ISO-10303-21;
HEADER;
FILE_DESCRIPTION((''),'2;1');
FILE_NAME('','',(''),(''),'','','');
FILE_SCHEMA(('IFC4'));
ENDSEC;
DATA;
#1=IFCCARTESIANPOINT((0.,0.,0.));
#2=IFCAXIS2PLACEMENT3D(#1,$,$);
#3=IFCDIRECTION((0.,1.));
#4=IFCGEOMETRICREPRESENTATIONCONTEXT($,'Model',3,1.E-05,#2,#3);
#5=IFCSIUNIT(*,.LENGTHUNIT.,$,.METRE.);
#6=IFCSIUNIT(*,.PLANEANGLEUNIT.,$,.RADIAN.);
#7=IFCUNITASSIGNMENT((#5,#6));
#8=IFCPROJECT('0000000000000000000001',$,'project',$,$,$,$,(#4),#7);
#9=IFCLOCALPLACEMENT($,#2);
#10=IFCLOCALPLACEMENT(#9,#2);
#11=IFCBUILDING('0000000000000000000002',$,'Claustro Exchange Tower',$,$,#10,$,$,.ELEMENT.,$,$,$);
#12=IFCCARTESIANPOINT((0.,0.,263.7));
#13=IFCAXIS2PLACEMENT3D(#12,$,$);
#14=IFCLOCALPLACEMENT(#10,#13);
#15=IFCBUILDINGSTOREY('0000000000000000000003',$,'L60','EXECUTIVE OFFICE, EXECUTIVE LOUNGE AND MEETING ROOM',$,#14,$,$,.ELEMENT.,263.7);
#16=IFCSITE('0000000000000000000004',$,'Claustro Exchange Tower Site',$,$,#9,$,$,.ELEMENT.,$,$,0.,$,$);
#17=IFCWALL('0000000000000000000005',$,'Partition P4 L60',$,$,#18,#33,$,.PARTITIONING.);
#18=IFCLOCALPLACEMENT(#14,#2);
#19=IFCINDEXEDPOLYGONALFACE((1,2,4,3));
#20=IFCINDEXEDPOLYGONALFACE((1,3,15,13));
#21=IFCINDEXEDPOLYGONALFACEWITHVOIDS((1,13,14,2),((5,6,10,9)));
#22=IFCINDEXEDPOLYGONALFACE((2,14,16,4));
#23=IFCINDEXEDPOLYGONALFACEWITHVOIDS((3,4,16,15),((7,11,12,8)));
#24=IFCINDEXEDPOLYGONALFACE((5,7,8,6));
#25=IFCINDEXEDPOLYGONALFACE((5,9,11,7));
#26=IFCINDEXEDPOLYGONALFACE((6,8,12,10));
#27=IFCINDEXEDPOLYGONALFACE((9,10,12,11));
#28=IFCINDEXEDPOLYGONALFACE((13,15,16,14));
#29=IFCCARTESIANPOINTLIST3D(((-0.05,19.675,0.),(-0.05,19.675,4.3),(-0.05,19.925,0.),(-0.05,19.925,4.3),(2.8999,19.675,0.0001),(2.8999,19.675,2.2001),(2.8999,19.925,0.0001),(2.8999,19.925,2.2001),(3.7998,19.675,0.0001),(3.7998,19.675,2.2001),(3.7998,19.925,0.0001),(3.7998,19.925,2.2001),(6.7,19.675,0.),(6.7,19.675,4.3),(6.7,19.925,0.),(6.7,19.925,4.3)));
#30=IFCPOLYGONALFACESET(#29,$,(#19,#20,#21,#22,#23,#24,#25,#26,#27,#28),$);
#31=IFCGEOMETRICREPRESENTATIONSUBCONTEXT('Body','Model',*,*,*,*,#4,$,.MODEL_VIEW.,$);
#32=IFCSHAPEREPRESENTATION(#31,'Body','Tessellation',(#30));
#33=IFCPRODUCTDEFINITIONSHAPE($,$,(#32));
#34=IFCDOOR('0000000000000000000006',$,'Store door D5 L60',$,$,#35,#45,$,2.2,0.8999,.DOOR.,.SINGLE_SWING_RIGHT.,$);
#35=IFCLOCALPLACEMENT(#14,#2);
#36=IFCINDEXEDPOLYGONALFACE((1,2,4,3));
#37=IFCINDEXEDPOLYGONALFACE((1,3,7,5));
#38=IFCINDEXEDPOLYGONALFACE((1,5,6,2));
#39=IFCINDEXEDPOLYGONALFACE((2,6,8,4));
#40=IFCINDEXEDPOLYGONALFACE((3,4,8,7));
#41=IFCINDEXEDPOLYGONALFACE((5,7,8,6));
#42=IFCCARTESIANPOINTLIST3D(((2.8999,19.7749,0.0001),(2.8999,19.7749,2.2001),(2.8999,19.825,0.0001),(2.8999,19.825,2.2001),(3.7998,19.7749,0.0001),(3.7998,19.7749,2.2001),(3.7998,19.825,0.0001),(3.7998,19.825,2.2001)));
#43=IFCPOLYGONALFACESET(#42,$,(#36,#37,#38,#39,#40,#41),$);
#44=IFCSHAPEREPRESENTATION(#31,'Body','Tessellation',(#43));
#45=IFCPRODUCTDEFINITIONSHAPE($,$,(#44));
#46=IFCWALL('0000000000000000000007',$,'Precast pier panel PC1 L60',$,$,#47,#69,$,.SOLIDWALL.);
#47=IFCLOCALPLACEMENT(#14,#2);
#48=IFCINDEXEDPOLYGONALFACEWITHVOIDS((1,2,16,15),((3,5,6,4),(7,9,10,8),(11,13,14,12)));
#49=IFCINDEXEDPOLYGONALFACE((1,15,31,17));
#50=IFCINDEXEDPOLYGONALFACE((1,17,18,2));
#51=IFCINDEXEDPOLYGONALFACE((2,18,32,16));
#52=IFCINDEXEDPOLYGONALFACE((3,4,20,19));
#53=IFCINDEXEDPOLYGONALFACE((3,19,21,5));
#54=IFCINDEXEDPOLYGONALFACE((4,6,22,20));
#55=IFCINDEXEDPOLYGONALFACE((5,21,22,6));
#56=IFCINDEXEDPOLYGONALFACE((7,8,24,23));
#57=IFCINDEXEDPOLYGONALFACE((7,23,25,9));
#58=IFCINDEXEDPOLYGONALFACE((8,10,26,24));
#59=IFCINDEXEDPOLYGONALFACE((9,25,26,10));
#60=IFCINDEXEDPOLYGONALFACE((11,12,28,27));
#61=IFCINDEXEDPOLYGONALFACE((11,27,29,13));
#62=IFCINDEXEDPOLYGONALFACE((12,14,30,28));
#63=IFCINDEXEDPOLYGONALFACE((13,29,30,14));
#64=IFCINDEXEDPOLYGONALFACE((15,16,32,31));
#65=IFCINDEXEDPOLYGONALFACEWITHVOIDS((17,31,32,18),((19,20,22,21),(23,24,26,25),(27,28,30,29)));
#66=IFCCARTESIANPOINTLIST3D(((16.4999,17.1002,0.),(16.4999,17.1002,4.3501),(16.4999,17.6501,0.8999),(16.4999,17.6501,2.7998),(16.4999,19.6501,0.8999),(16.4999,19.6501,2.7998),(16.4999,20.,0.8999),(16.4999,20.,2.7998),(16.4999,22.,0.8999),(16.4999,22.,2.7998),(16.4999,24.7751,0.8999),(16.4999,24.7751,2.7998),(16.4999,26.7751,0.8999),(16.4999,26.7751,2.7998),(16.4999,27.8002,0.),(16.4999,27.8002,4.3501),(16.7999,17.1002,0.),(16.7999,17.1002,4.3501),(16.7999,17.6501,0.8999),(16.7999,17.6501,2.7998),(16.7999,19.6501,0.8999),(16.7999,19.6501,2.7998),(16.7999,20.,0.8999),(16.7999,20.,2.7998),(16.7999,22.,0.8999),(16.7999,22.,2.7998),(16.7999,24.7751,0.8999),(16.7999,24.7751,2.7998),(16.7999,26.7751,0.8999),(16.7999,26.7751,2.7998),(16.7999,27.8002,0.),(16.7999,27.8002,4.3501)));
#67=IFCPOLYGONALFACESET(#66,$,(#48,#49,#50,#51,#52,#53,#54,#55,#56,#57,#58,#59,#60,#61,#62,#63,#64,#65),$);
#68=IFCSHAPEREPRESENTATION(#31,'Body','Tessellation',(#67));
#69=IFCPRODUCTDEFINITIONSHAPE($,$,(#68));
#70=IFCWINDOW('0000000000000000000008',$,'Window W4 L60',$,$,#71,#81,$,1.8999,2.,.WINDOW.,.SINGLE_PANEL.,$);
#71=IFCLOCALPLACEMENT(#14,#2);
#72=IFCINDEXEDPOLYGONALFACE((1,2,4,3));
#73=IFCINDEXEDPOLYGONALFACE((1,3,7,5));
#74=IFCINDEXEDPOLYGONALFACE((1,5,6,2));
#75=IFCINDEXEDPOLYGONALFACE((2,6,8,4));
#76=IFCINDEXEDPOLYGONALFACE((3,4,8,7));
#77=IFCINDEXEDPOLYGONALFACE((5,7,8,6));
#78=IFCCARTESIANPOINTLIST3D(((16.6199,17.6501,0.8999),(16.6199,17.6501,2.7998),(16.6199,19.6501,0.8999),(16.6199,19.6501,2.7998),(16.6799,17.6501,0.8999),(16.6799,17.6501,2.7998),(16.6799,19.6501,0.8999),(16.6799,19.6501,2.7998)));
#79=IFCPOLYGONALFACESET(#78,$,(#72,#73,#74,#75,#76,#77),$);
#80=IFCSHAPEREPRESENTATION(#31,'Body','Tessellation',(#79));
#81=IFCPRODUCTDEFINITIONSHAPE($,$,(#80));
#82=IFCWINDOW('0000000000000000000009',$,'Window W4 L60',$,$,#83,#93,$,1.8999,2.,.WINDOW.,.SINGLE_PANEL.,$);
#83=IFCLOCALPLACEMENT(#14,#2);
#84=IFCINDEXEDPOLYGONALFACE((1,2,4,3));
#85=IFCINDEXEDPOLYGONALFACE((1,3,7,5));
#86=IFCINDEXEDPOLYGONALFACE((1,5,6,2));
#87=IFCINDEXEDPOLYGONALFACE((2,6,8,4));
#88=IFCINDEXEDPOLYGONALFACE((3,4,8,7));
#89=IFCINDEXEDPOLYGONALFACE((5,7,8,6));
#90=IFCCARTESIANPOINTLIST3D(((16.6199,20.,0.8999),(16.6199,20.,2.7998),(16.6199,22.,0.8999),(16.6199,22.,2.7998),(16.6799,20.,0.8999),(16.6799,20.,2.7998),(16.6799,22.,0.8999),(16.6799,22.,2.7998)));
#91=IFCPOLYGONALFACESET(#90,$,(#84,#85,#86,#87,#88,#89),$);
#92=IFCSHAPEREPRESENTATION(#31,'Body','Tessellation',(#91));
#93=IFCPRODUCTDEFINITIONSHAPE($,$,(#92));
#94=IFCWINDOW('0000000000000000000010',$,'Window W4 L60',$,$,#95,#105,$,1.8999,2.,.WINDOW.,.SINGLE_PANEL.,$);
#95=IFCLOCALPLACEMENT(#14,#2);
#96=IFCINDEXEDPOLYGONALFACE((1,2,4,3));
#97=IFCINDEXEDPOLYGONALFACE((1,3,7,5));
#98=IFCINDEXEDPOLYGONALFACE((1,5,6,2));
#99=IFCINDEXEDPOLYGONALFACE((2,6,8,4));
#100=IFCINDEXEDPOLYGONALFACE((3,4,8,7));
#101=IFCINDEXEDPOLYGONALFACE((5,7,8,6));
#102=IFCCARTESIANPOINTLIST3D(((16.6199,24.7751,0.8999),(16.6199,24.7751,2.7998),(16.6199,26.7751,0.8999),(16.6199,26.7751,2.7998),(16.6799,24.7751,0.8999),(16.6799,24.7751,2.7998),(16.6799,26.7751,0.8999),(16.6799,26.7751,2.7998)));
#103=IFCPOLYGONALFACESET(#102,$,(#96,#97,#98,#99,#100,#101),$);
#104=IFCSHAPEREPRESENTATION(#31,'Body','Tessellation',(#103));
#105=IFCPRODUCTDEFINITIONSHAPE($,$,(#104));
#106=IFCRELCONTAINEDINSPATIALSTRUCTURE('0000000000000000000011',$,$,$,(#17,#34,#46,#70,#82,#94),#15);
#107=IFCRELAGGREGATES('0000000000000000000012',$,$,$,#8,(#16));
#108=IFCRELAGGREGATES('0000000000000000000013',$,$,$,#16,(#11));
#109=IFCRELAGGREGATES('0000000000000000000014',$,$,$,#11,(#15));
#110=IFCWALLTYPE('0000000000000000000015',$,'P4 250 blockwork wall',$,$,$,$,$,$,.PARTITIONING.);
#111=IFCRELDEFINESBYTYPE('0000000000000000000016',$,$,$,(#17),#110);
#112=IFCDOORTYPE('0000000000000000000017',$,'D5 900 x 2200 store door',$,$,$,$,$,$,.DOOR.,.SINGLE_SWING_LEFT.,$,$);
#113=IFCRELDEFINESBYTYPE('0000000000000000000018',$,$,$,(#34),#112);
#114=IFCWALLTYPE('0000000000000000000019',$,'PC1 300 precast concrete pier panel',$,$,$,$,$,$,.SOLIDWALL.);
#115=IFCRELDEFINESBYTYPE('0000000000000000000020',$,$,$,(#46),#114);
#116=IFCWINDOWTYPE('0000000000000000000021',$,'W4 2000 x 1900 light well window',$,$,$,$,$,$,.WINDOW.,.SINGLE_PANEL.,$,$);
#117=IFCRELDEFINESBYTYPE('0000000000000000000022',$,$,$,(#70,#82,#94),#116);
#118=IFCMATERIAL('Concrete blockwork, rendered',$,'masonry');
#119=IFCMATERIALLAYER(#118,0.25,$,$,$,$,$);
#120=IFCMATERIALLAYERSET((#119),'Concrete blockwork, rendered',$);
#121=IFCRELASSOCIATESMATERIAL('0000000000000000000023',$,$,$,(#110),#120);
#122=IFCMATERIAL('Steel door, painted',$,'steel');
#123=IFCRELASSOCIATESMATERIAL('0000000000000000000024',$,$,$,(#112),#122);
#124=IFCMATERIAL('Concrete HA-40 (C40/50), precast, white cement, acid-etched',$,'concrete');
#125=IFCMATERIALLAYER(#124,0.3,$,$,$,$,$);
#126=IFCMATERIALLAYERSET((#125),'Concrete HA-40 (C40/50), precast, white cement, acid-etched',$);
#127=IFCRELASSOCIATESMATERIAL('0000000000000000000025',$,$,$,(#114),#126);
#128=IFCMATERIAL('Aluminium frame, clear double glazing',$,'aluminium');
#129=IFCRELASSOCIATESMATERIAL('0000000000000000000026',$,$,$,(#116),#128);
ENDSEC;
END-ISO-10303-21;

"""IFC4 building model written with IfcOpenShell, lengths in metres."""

from ifc_helpers import new_model, si_unit, direction, frame, frame_2d, origin, place, context, subcontext, project, spatial, rectangle, extrude, material, layer, layer_set, type_object, element, fill, save


model = new_model("IFC4")

# Units and contexts
model_context = context("Model", 3, precision=1e-05, world=origin(), true_north=direction((0.0, 1.0)))
body_context = subcontext(model_context, "Body", "Model", "MODEL_VIEW")
ifc_project = project(units=[si_unit("LENGTHUNIT", "METRE"), si_unit("PLANEANGLEUNIT", "RADIAN")], contexts=[model_context])

# Site, building, storey
site_placement = place(None, origin())
site = spatial("IfcSite", under=ifc_project, at=site_placement, Name="Claustro Exchange Tower Site", CompositionType="ELEMENT", RefElevation=0.0)
building_placement = place(site_placement, origin())
building = spatial("IfcBuilding", under=site, at=building_placement, Name="Claustro Exchange Tower", CompositionType="ELEMENT")
storey_placement = place(building_placement, frame((0.0, 0.0, 263.7)))
storey = spatial("IfcBuildingStorey", under=building, at=storey_placement, Name="L60", Description="EXECUTIVE OFFICE, EXECUTIVE LOUNGE AND MEETING ROOM", CompositionType="ELEMENT", Elevation=263.7)

# Wall, opening, door
ifc_material_1 = material(Name="Concrete blockwork, rendered", Category="masonry")
ifc_layer_1 = layer(ifc_material_1, 0.25)
ifc_layer_set_1 = layer_set([ifc_layer_1], Name="Concrete blockwork, rendered")
wall_type_1 = type_object("IfcWallType", Name="P4 250 blockwork wall", PredefinedType="PARTITIONING", material=ifc_layer_set_1)
wall_1_placement = place(storey_placement, frame((-0.05, 19.8, 0.0), z_axis=(0.0, 0.0, 1.0), x_axis=(1.0, 0.0, 0.0)))
wall_1 = element("IfcWall", 1, at=wall_1_placement, inside=storey, type_object=wall_type_1, Name="Partition P4 L60", PredefinedType="PARTITIONING", context=body_context, shape_type="SweptSolid", body=[
    extrude(rectangle(XDim=6.75, YDim=0.25, at=frame_2d((3.375, 0.0))), origin(), (0.0, 0.0, 1.0), 4.3),
])
opening_1_placement = place(wall_1_placement, frame((2.95, 0.0, 0.0)))
opening_1 = element("IfcOpeningElement", 2, at=opening_1_placement, cuts=wall_1, PredefinedType="OPENING", context=body_context, shape_type="SweptSolid", body=[
    extrude(rectangle(XDim=0.8999, YDim=2.2, at=frame_2d((0.45, 1.1001))), frame((0.0, 0.135, 0.0), z_axis=(0.0, -1.0, 0.0), x_axis=(1.0, 0.0, 0.0)), (0.0, 0.0, 1.0), 0.27),
])
ifc_material_2 = material(Name="Steel door, painted", Category="steel")
door_type = type_object("IfcDoorType", Name="D5 900 x 2200 store door", OperationType="SINGLE_SWING_LEFT", PredefinedType="DOOR", material=ifc_material_2)
door_placement = place(opening_1_placement, origin())
door = element("IfcDoor", 3, at=door_placement, inside=storey, type_object=door_type, Name="Store door D5 L60", OperationType="SINGLE_SWING_RIGHT", OverallHeight=2.2, OverallWidth=0.8999, PredefinedType="DOOR", context=body_context, shape_type="SweptSolid", body=[
    extrude(rectangle(XDim=0.8999, YDim=2.2, at=frame_2d((0.45, 1.1001))), frame((0.0, 0.0249, 0.0), z_axis=(0.0, -1.0, 0.0), x_axis=(1.0, 0.0, 0.0)), (0.0, 0.0, 1.0), 0.05),
])
fill(opening_1, door)

# Wall, openings, windows
ifc_material_3 = material(Name="Concrete HA-40 (C40/50), precast, white cement, acid-etched", Category="concrete")
ifc_layer_2 = layer(ifc_material_3, 0.3)
ifc_layer_set_2 = layer_set([ifc_layer_2], Name="Concrete HA-40 (C40/50), precast, white cement, acid-etched")
wall_type_2 = type_object("IfcWallType", Name="PC1 300 precast concrete pier panel", PredefinedType="SOLIDWALL", material=ifc_layer_set_2)
wall_2_placement = place(storey_placement, frame((16.6499, 17.1001, 0.0), z_axis=(0.0, 0.0, 1.0), x_axis=(0.0, 1.0, 0.0)))
wall_2 = element("IfcWall", 4, at=wall_2_placement, inside=storey, type_object=wall_type_2, Name="Precast pier panel PC1 L60", PredefinedType="SOLIDWALL", context=body_context, shape_type="SweptSolid", body=[
    extrude(rectangle(XDim=10.7, YDim=0.3, at=frame_2d((5.3501, 0.0))), origin(), (0.0, 0.0, 1.0), 4.3501),
])
opening_2_placement = place(wall_2_placement, frame((0.55, 0.0, 0.8999)))
opening_2 = element("IfcOpeningElement", 5, at=opening_2_placement, cuts=wall_2, PredefinedType="OPENING", context=body_context, shape_type="SweptSolid", body=[
    extrude(rectangle(XDim=2.0, YDim=1.8999, at=frame_2d((1.0, 0.95))), frame((0.0, 0.1599, 0.0), z_axis=(0.0, -1.0, 0.0), x_axis=(1.0, 0.0, 0.0)), (0.0, 0.0, 1.0), 0.3201),
])
opening_3_placement = place(wall_2_placement, frame((2.8999, 0.0, 0.8999)))
opening_3 = element("IfcOpeningElement", 6, at=opening_3_placement, cuts=wall_2, PredefinedType="OPENING", context=body_context, shape_type="SweptSolid", body=[
    extrude(rectangle(XDim=2.0, YDim=1.8999, at=frame_2d((1.0, 0.95))), frame((0.0, 0.1599, 0.0), z_axis=(0.0, -1.0, 0.0), x_axis=(1.0, 0.0, 0.0)), (0.0, 0.0, 1.0), 0.3201),
])
opening_4_placement = place(wall_2_placement, frame((7.675, 0.0, 0.8999)))
opening_4 = element("IfcOpeningElement", 7, at=opening_4_placement, cuts=wall_2, PredefinedType="OPENING", context=body_context, shape_type="SweptSolid", body=[
    extrude(rectangle(XDim=2.0, YDim=1.8999, at=frame_2d((1.0, 0.95))), frame((0.0, 0.1599, 0.0), z_axis=(0.0, -1.0, 0.0), x_axis=(1.0, 0.0, 0.0)), (0.0, 0.0, 1.0), 0.3201),
])
ifc_material_4 = material(Name="Aluminium frame, clear double glazing", Category="aluminium")
window_type = type_object("IfcWindowType", Name="W4 2000 x 1900 light well window", PartitioningType="SINGLE_PANEL", PredefinedType="WINDOW", material=ifc_material_4)
window_1_placement = place(opening_2_placement, origin())
window_1 = element("IfcWindow", 8, at=window_1_placement, inside=storey, type_object=window_type, Name="Window W4 L60", OverallHeight=1.8999, OverallWidth=2.0, PartitioningType="SINGLE_PANEL", PredefinedType="WINDOW", context=body_context, shape_type="SweptSolid", body=[
    extrude(rectangle(XDim=2.0, YDim=1.8999, at=frame_2d((1.0, 0.95))), frame((0.0, 0.03, 0.0), z_axis=(0.0, -1.0, 0.0), x_axis=(1.0, 0.0, 0.0)), (0.0, 0.0, 1.0), 0.0601),
])
fill(opening_2, window_1)
window_2_placement = place(opening_3_placement, origin())
window_2 = element("IfcWindow", 9, at=window_2_placement, inside=storey, type_object=window_type, Name="Window W4 L60", OverallHeight=1.8999, OverallWidth=2.0, PartitioningType="SINGLE_PANEL", PredefinedType="WINDOW", context=body_context, shape_type="SweptSolid", body=[
    extrude(rectangle(XDim=2.0, YDim=1.8999, at=frame_2d((1.0, 0.95))), frame((0.0, 0.03, 0.0), z_axis=(0.0, -1.0, 0.0), x_axis=(1.0, 0.0, 0.0)), (0.0, 0.0, 1.0), 0.0601),
])
fill(opening_3, window_2)
window_3_placement = place(opening_4_placement, origin())
window_3 = element("IfcWindow", 10, at=window_3_placement, inside=storey, type_object=window_type, Name="Window W4 L60", OverallHeight=1.8999, OverallWidth=2.0, PartitioningType="SINGLE_PANEL", PredefinedType="WINDOW", context=body_context, shape_type="SweptSolid", body=[
    extrude(rectangle(XDim=2.0, YDim=1.8999, at=frame_2d((1.0, 0.95))), frame((0.0, 0.03, 0.0), z_axis=(0.0, -1.0, 0.0), x_axis=(1.0, 0.0, 0.0)), (0.0, 0.0, 1.0), 0.0601),
])
fill(opening_4, window_3)

save(model, "model.ifc")
